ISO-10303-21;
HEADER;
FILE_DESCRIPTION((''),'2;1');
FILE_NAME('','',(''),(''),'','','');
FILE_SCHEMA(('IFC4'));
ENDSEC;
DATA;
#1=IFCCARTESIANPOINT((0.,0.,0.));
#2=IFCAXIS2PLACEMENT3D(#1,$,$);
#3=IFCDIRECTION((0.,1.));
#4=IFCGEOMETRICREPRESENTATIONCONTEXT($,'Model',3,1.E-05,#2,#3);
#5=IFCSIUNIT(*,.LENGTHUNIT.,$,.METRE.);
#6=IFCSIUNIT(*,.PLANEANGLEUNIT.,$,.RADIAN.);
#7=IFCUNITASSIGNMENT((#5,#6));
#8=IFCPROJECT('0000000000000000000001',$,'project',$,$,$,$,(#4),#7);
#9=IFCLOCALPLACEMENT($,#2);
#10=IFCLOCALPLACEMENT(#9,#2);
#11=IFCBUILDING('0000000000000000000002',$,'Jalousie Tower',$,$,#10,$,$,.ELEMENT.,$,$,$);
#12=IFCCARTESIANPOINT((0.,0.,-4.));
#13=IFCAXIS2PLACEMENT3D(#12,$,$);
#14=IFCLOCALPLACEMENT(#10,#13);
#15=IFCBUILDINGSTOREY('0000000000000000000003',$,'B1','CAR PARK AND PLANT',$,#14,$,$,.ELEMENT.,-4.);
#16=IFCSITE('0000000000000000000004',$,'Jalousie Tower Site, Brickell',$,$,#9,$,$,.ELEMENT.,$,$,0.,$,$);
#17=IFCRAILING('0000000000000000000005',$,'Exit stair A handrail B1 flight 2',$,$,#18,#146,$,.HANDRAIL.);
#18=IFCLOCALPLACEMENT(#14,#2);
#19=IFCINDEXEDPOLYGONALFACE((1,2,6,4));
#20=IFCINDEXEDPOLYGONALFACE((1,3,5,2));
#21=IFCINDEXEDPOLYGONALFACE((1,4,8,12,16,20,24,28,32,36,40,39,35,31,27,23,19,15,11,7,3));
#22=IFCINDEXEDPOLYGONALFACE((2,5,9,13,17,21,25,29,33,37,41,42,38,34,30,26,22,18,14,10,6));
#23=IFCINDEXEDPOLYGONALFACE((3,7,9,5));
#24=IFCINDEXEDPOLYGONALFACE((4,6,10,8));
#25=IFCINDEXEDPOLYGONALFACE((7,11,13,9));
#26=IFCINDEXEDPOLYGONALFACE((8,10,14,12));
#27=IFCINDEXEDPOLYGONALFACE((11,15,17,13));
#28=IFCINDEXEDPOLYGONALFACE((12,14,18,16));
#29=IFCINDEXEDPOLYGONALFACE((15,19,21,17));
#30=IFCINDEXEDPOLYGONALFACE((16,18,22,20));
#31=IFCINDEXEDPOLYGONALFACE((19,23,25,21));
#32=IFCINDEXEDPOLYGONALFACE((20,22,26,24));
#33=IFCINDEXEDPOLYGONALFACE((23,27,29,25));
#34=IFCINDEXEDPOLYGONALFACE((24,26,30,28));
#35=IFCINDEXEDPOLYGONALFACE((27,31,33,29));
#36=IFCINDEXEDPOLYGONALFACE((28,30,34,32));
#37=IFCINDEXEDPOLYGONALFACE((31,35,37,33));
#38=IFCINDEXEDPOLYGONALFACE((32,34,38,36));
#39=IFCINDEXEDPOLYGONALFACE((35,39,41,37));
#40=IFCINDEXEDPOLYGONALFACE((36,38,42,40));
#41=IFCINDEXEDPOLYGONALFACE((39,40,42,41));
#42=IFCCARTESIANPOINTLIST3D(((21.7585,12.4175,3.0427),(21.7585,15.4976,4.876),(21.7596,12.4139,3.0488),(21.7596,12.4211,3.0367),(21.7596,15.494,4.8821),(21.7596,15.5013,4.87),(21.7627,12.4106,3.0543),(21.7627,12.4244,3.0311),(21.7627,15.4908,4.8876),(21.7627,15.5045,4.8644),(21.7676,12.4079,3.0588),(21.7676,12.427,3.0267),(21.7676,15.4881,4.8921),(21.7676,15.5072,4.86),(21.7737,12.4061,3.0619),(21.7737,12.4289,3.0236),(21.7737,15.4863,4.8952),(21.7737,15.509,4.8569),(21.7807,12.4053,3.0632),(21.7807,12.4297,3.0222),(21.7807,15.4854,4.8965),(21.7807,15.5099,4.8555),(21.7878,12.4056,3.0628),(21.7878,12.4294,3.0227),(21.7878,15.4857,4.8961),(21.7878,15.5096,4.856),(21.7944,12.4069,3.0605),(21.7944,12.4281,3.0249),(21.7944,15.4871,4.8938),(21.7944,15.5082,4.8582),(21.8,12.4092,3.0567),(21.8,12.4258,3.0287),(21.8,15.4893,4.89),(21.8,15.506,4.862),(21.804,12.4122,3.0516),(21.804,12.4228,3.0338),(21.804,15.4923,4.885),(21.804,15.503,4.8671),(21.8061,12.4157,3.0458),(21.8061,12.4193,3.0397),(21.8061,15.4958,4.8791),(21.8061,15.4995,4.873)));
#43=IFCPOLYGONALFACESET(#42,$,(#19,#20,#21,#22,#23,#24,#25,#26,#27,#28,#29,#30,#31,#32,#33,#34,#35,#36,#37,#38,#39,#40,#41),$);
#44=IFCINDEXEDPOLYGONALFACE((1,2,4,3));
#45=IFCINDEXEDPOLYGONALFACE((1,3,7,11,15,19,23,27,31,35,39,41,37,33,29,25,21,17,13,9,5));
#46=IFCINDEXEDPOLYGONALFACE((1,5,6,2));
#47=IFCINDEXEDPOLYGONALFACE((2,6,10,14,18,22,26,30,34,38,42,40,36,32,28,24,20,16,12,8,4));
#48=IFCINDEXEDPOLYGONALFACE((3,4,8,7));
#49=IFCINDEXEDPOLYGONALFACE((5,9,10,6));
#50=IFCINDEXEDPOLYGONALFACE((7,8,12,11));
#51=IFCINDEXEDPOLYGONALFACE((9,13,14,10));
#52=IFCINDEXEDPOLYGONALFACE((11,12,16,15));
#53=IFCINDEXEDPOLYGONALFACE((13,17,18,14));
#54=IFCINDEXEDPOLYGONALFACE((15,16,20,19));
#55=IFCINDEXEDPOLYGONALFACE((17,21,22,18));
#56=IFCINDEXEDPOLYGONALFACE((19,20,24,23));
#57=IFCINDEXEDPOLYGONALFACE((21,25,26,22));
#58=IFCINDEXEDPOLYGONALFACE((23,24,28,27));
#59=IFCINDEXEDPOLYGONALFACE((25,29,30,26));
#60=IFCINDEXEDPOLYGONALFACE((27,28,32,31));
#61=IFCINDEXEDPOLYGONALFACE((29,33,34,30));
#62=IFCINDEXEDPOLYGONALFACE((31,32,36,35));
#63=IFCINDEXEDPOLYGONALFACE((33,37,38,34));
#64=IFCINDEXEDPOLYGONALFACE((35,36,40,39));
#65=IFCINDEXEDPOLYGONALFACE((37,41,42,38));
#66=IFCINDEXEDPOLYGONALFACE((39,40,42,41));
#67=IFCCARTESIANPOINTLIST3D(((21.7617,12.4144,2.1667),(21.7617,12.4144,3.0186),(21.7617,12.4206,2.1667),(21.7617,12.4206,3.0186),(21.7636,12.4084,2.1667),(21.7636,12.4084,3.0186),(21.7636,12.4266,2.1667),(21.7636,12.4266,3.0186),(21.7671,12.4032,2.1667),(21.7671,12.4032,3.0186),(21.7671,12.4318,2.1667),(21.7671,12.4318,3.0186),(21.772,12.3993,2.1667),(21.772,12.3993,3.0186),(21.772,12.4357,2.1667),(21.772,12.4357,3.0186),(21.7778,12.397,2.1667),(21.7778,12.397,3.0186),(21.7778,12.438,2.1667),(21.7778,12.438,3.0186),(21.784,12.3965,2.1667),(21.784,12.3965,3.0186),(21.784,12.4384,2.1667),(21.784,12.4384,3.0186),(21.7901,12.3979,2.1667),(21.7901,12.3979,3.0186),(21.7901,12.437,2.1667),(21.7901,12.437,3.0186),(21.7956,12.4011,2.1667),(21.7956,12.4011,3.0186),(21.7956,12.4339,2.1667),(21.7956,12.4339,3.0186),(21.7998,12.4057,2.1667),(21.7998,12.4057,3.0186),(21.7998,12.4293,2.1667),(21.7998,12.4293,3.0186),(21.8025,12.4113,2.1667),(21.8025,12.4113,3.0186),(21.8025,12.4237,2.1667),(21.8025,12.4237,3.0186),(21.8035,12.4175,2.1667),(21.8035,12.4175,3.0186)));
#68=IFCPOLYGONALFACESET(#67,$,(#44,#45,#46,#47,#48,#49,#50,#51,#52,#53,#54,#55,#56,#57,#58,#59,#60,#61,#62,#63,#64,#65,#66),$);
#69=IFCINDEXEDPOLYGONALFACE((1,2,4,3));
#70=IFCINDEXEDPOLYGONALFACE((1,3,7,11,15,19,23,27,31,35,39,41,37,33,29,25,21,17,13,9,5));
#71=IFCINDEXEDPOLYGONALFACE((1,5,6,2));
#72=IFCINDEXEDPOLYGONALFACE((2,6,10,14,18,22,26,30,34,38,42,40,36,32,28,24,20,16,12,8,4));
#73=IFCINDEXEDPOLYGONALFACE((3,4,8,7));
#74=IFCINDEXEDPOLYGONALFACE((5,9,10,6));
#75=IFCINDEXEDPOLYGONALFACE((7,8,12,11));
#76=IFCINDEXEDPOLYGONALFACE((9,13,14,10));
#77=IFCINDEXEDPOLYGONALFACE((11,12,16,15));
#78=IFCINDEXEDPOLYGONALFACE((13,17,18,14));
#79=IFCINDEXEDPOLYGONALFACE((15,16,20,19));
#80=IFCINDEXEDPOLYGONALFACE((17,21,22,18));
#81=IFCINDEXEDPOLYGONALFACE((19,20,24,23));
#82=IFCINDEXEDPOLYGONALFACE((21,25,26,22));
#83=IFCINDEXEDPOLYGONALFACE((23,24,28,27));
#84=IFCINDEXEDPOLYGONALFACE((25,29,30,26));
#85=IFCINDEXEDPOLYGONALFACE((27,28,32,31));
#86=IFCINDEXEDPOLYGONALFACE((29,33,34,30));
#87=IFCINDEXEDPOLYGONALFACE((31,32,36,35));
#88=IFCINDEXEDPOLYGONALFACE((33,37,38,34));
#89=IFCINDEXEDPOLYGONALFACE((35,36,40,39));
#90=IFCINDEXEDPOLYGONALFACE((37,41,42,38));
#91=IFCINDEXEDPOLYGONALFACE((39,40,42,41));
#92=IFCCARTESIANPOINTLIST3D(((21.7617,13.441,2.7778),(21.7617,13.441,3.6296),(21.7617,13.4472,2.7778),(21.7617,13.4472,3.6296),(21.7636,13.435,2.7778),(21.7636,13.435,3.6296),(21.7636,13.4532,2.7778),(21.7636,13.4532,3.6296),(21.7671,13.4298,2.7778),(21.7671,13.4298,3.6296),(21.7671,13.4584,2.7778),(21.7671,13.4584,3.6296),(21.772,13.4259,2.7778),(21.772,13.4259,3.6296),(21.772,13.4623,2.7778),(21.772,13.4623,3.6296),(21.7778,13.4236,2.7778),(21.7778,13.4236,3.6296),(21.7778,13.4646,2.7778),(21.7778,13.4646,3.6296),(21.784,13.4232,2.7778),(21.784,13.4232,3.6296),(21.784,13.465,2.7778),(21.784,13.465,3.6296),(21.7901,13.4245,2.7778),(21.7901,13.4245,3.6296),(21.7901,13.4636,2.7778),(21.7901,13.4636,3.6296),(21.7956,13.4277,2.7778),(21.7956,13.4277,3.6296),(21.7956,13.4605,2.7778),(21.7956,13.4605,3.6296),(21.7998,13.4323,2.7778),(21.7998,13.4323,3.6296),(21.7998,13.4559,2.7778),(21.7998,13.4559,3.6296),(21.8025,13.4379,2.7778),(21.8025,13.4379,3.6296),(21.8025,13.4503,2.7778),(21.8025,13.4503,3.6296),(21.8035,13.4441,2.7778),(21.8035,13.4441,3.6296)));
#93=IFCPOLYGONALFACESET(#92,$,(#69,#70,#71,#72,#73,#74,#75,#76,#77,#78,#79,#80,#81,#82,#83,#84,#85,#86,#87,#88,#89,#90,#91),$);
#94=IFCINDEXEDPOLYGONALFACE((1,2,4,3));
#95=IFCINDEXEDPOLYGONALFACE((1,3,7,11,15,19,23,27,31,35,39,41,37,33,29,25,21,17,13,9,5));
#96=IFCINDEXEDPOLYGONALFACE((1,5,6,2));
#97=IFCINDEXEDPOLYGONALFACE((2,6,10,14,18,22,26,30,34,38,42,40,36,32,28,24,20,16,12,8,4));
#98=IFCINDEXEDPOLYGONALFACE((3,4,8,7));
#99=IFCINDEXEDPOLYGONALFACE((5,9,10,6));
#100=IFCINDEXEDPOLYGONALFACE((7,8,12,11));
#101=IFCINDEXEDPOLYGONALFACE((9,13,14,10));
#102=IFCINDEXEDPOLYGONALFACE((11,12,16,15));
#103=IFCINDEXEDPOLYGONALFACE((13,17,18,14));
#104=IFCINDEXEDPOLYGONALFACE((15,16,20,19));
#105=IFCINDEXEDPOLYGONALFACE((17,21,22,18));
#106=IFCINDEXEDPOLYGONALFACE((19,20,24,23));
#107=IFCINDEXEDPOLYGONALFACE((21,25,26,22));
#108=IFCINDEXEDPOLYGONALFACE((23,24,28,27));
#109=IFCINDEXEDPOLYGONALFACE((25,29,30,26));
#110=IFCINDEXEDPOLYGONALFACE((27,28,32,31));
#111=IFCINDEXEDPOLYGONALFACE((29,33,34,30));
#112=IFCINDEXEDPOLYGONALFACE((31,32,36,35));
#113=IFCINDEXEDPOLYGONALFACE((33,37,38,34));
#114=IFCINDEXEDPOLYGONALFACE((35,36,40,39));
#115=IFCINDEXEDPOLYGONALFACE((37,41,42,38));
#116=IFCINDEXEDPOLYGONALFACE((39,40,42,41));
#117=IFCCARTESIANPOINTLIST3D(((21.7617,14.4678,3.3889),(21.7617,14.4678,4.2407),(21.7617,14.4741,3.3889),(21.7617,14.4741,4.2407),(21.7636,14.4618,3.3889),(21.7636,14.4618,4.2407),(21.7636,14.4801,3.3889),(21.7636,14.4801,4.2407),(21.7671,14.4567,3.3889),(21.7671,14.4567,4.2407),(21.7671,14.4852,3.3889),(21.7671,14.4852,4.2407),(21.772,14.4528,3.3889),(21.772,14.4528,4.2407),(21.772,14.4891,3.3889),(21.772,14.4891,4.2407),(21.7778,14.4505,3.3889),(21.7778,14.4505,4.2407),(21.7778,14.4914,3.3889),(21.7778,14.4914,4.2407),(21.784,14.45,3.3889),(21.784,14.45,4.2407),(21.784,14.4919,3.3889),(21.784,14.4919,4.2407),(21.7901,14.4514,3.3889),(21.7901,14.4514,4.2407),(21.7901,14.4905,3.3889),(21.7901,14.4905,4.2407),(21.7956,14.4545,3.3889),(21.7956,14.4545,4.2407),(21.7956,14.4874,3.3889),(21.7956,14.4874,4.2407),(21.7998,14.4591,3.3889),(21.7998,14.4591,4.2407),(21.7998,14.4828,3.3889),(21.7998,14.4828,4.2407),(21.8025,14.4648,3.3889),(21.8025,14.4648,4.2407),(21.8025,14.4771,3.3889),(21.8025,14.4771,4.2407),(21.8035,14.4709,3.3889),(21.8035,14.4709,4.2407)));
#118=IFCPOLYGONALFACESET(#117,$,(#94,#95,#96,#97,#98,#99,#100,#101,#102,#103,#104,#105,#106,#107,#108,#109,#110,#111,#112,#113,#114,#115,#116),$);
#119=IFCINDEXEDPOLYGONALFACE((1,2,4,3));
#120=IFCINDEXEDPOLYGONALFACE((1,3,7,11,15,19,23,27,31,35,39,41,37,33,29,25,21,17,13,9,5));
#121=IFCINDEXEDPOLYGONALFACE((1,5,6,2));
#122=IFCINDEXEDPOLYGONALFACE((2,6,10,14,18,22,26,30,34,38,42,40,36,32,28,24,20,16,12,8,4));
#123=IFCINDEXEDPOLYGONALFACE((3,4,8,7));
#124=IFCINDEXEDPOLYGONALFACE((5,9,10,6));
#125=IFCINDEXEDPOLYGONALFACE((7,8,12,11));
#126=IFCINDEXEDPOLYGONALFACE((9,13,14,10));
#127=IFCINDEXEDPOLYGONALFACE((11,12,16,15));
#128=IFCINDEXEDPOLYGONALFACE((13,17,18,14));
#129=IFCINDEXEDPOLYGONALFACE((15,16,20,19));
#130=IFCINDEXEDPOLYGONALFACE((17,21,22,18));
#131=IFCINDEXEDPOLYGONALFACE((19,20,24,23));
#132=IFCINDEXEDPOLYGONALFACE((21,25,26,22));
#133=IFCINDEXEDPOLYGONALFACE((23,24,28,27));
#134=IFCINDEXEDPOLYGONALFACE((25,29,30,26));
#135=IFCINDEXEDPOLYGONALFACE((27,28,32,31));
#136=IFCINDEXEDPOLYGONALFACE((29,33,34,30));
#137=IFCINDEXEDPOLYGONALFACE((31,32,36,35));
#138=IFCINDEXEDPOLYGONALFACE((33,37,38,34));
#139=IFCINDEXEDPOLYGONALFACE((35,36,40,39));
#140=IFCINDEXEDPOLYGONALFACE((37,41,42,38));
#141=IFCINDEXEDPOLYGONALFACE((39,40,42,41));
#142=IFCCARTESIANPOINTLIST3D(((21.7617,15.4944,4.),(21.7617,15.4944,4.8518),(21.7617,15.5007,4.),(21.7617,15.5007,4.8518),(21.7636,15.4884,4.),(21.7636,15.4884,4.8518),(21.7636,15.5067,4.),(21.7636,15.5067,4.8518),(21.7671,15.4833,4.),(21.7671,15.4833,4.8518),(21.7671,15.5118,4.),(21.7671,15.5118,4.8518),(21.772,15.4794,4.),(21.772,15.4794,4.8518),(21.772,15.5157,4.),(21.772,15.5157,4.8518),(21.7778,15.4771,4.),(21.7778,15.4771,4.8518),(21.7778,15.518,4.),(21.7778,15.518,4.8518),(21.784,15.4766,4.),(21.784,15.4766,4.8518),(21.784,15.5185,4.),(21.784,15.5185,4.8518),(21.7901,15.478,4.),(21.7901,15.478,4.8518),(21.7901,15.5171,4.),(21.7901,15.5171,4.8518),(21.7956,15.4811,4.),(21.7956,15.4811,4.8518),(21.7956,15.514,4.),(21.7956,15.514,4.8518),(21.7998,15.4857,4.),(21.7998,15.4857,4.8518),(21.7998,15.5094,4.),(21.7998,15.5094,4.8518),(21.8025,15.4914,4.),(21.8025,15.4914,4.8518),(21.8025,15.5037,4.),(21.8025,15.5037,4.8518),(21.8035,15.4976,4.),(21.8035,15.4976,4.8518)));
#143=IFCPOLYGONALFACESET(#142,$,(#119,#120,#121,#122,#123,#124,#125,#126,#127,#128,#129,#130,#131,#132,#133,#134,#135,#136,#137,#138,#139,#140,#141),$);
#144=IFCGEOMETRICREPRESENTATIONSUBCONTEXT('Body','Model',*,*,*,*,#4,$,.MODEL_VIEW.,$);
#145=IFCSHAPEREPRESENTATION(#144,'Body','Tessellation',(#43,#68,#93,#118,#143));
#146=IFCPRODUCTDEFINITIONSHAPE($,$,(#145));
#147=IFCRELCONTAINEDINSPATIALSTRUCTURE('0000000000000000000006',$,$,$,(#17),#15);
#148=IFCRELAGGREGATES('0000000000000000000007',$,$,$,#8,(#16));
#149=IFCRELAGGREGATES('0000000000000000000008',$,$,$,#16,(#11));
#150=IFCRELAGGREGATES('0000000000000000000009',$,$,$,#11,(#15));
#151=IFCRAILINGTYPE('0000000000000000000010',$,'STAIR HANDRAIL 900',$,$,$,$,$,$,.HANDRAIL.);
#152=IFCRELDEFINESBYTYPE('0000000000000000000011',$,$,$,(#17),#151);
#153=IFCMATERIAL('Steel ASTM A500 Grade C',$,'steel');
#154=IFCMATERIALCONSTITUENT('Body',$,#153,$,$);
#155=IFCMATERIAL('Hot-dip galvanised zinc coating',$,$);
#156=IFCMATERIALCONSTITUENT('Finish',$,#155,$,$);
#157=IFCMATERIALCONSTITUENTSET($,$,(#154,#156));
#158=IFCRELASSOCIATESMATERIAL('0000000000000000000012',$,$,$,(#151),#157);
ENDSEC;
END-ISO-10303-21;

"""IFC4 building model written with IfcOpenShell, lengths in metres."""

from ifc_helpers import new_model, si_unit, direction, frame, origin, origin_2d, place, context, subcontext, project, spatial, circle, extrude, material, constituent, constituent_set, type_object, element, save


model = new_model("IFC4")

# Units and contexts
model_context = context("Model", 3, precision=1e-05, world=origin(), true_north=direction((0.0, 1.0)))
body_context = subcontext(model_context, "Body", "Model", "MODEL_VIEW")
ifc_project = project(units=[si_unit("LENGTHUNIT", "METRE"), si_unit("PLANEANGLEUNIT", "RADIAN")], contexts=[model_context])

# Site, building, storey
site_placement = place(None, origin())
site = spatial("IfcSite", under=ifc_project, at=site_placement, Name="Jalousie Tower Site, Brickell", CompositionType="ELEMENT", RefElevation=0.0)
building_placement = place(site_placement, origin())
building = spatial("IfcBuilding", under=site, at=building_placement, Name="Jalousie Tower", CompositionType="ELEMENT")
storey_placement = place(building_placement, frame((0.0, 0.0, -4.0)))
storey = spatial("IfcBuildingStorey", under=building, at=storey_placement, Name="B1", Description="CAR PARK AND PLANT", CompositionType="ELEMENT", Elevation=-4.0)

# Railing
ifc_material_1 = material(Name="Steel ASTM A500 Grade C", Category="steel")
ifc_constituent_1 = constituent(ifc_material_1, Name="Body")
ifc_material_2 = material(Name="Hot-dip galvanised zinc coating")
ifc_constituent_2 = constituent(ifc_material_2, Name="Finish")
ifc_constituent_set_1 = constituent_set(constituents=[ifc_constituent_1, ifc_constituent_2])
railing_type_1 = type_object("IfcRailingType", Name="STAIR HANDRAIL 900", PredefinedType="HANDRAIL", material=ifc_constituent_set_1)
railing_1_placement = place(storey_placement, frame((21.7825, 12.4175, 2.1667)))
element("IfcRailing", 1, at=railing_1_placement, inside=storey, type_object=railing_type_1, Name="Exit stair A handrail B1 flight 2", PredefinedType="HANDRAIL", context=body_context, shape_type="SweptSolid", body=[
    extrude(circle(Radius=0.0239, at=origin_2d()), frame((0.0, 0.0, 0.876), z_axis=(0.0, 0.859309, 0.511458), x_axis=(-1.0, 0.0, 0.0)), (0.0, 0.0, 1.0), 3.5845),
    extrude(circle(Radius=0.021, at=origin_2d()), origin(), (0.0, 0.0, 1.0), 0.8518),
    extrude(circle(Radius=0.021, at=origin_2d()), frame((0.0, 1.0266, 0.6111)), (0.0, 0.0, 1.0), 0.8518),
    extrude(circle(Radius=0.021, at=origin_2d()), frame((0.0, 2.0535, 1.2222)), (0.0, 0.0, 1.0), 0.8518),
    extrude(circle(Radius=0.021, at=origin_2d()), frame((0.0, 3.0801, 1.8333)), (0.0, 0.0, 1.0), 0.8518),
])

save(model, "model.ifc")
